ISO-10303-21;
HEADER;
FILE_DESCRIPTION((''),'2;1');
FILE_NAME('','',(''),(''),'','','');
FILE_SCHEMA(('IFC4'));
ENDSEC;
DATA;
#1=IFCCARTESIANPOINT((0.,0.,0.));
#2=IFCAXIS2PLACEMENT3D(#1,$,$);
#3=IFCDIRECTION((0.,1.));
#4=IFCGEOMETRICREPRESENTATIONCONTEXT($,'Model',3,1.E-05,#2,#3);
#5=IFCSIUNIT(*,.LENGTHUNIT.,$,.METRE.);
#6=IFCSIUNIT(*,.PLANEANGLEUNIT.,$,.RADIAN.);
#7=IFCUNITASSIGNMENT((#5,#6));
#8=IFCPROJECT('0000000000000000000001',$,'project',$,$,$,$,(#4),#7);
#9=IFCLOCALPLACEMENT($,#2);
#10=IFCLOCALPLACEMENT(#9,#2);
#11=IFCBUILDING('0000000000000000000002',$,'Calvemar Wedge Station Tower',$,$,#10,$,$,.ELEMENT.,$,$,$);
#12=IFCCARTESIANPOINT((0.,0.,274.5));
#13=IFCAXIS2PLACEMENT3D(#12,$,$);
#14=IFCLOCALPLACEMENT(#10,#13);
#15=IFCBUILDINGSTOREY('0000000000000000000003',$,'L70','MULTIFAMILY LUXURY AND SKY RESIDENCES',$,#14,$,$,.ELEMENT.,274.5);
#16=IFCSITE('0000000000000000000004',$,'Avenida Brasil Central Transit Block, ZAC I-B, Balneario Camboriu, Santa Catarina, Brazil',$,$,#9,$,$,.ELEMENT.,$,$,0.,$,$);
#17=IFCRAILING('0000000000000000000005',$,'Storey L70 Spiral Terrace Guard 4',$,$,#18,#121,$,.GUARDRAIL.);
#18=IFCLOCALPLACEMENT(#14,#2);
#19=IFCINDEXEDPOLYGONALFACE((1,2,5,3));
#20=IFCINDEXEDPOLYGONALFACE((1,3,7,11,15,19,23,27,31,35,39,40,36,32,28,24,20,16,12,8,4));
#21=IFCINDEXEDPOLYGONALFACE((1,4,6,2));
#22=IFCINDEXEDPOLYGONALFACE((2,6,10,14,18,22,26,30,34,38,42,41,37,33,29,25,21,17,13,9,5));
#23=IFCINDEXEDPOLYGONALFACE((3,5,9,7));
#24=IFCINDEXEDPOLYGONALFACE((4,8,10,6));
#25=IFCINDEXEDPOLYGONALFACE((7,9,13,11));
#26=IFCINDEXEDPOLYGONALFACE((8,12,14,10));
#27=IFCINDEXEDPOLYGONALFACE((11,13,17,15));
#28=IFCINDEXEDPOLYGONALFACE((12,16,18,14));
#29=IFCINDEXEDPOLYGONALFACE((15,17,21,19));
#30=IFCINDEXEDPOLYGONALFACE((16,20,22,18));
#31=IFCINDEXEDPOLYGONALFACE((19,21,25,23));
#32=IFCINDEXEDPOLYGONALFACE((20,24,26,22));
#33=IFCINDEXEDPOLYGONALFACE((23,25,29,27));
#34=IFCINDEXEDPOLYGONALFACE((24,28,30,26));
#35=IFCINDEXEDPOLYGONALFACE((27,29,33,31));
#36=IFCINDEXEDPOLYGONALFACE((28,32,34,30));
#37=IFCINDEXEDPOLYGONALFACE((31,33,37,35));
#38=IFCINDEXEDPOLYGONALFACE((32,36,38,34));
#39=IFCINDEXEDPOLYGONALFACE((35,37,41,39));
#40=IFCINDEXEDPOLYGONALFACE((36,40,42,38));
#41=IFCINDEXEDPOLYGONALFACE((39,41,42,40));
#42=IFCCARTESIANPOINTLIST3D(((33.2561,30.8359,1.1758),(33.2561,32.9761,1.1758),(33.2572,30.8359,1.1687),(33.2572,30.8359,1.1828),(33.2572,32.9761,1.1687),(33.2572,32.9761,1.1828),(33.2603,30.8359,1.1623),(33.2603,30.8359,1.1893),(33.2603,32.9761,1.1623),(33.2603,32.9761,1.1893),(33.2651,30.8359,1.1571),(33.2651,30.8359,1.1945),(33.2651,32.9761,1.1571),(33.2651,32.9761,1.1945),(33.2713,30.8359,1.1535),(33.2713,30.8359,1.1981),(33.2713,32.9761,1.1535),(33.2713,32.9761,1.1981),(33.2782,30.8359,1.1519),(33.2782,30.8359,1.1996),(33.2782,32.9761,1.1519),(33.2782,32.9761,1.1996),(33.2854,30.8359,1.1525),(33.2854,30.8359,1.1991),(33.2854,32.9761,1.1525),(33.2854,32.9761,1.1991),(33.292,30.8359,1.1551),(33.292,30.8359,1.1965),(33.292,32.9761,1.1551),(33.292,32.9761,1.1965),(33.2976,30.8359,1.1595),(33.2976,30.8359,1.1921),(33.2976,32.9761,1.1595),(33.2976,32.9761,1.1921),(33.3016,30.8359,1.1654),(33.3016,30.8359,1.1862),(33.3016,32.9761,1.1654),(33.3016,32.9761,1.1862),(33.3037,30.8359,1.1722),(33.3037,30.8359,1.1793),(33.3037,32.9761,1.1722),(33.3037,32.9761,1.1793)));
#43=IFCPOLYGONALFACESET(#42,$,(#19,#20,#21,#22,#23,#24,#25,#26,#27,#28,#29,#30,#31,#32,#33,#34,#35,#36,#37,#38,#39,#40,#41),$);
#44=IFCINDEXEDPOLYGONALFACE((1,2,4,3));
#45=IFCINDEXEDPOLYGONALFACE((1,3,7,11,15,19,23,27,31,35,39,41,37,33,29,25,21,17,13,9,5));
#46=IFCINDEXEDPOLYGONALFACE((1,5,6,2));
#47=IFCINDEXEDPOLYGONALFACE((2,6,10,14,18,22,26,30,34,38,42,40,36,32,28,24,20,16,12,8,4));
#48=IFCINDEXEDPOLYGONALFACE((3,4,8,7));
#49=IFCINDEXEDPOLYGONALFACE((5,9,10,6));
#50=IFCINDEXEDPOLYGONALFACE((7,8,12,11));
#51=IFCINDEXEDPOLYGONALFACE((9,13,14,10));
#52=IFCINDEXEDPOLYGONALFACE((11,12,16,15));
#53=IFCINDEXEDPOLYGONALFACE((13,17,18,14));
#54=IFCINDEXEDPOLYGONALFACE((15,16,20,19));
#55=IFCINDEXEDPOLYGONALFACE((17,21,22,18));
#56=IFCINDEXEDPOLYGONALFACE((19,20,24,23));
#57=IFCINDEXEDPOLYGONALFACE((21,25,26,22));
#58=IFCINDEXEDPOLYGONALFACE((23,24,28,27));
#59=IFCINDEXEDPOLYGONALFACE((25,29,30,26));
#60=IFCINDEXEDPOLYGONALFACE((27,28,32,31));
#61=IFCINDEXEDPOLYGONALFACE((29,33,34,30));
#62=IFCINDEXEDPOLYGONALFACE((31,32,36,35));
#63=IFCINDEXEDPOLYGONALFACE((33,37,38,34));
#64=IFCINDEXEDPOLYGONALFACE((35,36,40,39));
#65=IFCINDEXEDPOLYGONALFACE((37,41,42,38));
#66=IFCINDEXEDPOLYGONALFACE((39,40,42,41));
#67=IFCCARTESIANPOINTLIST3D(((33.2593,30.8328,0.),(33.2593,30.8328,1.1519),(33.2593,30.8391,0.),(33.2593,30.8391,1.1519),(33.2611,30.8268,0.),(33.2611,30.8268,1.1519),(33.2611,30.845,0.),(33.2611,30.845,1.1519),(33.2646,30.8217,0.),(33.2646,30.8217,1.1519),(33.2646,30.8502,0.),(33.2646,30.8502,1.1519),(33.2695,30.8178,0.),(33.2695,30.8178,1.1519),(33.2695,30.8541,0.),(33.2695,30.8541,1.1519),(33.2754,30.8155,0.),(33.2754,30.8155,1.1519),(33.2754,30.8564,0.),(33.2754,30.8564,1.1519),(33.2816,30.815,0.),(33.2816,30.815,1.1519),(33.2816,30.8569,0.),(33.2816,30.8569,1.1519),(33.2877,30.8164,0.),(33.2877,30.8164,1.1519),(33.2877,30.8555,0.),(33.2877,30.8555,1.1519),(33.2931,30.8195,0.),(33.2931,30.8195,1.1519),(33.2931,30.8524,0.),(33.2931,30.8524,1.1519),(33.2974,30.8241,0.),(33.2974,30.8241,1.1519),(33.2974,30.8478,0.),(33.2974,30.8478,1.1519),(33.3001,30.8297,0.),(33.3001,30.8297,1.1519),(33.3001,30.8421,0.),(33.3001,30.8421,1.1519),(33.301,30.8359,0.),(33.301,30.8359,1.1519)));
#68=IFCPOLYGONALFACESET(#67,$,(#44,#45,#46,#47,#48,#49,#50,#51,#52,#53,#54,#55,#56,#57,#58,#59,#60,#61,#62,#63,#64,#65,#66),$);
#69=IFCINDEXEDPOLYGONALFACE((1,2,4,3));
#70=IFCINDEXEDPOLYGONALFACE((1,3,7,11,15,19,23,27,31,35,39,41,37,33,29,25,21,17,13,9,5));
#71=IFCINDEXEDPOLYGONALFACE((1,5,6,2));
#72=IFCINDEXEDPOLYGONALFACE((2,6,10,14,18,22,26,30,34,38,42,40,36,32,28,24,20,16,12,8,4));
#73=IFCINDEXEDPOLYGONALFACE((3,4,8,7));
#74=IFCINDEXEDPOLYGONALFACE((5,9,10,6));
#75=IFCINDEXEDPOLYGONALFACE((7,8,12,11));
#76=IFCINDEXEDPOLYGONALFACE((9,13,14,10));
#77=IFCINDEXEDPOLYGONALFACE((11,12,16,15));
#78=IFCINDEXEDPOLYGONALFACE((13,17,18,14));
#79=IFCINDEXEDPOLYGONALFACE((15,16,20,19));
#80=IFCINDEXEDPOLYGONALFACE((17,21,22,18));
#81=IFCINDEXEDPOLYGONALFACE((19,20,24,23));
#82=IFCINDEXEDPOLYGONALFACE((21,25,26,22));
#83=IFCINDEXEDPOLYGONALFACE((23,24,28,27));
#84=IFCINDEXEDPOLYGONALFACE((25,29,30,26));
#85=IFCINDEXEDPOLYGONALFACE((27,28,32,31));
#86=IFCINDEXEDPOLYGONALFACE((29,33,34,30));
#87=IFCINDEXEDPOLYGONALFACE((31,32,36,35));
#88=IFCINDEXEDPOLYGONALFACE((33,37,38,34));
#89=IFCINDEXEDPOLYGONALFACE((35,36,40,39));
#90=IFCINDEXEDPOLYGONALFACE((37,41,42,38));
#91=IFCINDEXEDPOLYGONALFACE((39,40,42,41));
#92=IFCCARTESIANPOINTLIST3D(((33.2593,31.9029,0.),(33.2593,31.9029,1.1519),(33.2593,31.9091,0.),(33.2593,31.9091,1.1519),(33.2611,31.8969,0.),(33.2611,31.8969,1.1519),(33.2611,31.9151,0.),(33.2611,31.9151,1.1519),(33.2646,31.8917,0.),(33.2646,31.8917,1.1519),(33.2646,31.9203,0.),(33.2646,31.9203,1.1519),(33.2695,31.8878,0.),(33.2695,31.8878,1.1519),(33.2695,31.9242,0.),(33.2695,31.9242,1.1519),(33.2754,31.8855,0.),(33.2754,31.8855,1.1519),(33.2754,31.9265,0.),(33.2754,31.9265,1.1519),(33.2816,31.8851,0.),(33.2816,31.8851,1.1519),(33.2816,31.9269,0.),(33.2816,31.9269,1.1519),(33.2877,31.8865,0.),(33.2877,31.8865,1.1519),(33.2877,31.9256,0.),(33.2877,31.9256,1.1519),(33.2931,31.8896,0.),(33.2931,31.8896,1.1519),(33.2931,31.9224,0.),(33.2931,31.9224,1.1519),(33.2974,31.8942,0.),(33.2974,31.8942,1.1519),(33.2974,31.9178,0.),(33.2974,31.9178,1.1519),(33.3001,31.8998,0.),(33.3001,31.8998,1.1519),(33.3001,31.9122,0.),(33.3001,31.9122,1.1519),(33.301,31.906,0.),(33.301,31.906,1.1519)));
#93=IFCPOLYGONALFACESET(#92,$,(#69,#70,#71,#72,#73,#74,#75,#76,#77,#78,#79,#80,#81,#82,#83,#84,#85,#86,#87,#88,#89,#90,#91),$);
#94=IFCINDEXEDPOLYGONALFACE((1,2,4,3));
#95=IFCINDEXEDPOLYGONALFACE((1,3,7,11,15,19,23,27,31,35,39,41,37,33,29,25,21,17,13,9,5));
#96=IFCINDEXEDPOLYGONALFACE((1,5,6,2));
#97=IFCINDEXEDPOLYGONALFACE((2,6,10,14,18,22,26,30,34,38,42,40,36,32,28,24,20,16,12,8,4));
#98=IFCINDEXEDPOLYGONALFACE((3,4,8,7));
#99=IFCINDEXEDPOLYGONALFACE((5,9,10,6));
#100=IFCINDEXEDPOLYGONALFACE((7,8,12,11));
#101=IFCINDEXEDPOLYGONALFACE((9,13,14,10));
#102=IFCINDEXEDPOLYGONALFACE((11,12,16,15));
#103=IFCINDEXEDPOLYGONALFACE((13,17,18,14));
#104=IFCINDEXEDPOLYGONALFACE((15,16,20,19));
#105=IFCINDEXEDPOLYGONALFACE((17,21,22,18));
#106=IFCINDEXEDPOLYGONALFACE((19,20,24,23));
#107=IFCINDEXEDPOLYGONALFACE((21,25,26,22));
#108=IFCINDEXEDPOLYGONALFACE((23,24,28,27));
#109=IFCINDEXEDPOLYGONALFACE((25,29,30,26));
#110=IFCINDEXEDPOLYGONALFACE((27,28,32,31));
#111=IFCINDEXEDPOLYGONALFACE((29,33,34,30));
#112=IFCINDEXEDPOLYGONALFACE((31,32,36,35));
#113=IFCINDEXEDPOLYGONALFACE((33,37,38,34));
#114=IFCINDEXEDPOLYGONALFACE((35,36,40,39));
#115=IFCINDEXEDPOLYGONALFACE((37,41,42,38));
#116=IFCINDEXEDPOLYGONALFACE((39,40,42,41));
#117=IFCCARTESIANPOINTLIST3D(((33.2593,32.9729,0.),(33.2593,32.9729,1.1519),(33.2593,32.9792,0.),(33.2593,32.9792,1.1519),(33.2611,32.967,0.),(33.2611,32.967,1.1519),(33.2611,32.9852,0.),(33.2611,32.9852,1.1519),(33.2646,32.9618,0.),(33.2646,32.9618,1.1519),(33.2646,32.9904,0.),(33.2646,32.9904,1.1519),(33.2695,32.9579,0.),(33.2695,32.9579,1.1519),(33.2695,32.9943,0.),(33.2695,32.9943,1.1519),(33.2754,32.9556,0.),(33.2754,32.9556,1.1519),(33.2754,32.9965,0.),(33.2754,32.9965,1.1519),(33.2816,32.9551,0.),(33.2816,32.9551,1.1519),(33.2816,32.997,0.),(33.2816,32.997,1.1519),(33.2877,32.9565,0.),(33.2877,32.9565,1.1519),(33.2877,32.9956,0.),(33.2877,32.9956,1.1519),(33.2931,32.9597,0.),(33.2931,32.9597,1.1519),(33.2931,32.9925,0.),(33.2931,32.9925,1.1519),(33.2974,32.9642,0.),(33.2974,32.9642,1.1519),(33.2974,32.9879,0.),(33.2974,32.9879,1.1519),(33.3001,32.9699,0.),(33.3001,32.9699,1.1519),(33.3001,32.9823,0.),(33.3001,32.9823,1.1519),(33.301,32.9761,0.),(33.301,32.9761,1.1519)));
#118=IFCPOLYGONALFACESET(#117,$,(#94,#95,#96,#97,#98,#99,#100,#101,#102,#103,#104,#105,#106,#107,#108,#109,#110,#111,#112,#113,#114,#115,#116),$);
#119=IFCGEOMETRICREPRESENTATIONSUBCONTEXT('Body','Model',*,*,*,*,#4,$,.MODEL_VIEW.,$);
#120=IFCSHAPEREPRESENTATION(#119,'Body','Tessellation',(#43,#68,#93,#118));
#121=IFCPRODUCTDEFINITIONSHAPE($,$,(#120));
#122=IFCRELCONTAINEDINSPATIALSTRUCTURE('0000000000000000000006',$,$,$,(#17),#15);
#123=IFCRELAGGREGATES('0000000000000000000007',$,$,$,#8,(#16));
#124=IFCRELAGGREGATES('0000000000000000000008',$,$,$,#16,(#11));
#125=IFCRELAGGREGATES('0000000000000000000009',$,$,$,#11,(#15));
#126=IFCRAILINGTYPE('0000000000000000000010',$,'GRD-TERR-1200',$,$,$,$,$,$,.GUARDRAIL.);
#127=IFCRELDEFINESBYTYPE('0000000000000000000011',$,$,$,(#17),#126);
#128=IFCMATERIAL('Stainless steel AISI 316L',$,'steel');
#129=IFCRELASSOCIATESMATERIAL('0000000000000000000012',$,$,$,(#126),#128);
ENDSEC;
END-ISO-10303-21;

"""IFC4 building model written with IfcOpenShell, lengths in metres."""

from ifc_helpers import new_model, si_unit, direction, frame, origin, origin_2d, place, context, subcontext, project, spatial, circle, extrude, material, type_object, element, save


model = new_model("IFC4")

# Units and contexts
model_context = context("Model", 3, precision=1e-05, world=origin(), true_north=direction((0.0, 1.0)))
body_context = subcontext(model_context, "Body", "Model", "MODEL_VIEW")
ifc_project = project(units=[si_unit("LENGTHUNIT", "METRE"), si_unit("PLANEANGLEUNIT", "RADIAN")], contexts=[model_context])

# Site, building, storey
site_placement = place(None, origin())
site = spatial("IfcSite", under=ifc_project, at=site_placement, Name="Avenida Brasil Central Transit Block, ZAC I-B, Balneario Camboriu, Santa Catarina, Brazil", CompositionType="ELEMENT", RefElevation=0.0)
building_placement = place(site_placement, origin())
building = spatial("IfcBuilding", under=site, at=building_placement, Name="Calvemar Wedge Station Tower", CompositionType="ELEMENT")
storey_placement = place(building_placement, frame((0.0, 0.0, 274.5)))
storey = spatial("IfcBuildingStorey", under=building, at=storey_placement, Name="L70", Description="MULTIFAMILY LUXURY AND SKY RESIDENCES", CompositionType="ELEMENT", Elevation=274.5)

# Railing
ifc_material_1 = material(Name="Stainless steel AISI 316L", Category="steel")
railing_type_1 = type_object("IfcRailingType", Name="GRD-TERR-1200", PredefinedType="GUARDRAIL", material=ifc_material_1)
railing_1_placement = place(storey_placement, frame((33.28, 30.8359, 0.0)))
element("IfcRailing", 1, at=railing_1_placement, inside=storey, type_object=railing_type_1, Name="Storey L70 Spiral Terrace Guard 4", PredefinedType="GUARDRAIL", context=body_context, shape_type="SweptSolid", body=[
    extrude(circle(Radius=0.0239, at=origin_2d()), frame((0.0, 0.0, 1.1758), z_axis=(0.0, 1.0, 0.0), x_axis=(-1.0, 0.0, 0.0)), (0.0, 0.0, 1.0), 2.1401),
    extrude(circle(Radius=0.021, at=origin_2d()), origin(), (0.0, 0.0, 1.0), 1.1519),
    extrude(circle(Radius=0.021, at=origin_2d()), frame((0.0, 1.0701, 0.0)), (0.0, 0.0, 1.0), 1.1519),
    extrude(circle(Radius=0.021, at=origin_2d()), frame((0.0, 2.1401, 0.0)), (0.0, 0.0, 1.0), 1.1519),
])

save(model, "model.ifc")
